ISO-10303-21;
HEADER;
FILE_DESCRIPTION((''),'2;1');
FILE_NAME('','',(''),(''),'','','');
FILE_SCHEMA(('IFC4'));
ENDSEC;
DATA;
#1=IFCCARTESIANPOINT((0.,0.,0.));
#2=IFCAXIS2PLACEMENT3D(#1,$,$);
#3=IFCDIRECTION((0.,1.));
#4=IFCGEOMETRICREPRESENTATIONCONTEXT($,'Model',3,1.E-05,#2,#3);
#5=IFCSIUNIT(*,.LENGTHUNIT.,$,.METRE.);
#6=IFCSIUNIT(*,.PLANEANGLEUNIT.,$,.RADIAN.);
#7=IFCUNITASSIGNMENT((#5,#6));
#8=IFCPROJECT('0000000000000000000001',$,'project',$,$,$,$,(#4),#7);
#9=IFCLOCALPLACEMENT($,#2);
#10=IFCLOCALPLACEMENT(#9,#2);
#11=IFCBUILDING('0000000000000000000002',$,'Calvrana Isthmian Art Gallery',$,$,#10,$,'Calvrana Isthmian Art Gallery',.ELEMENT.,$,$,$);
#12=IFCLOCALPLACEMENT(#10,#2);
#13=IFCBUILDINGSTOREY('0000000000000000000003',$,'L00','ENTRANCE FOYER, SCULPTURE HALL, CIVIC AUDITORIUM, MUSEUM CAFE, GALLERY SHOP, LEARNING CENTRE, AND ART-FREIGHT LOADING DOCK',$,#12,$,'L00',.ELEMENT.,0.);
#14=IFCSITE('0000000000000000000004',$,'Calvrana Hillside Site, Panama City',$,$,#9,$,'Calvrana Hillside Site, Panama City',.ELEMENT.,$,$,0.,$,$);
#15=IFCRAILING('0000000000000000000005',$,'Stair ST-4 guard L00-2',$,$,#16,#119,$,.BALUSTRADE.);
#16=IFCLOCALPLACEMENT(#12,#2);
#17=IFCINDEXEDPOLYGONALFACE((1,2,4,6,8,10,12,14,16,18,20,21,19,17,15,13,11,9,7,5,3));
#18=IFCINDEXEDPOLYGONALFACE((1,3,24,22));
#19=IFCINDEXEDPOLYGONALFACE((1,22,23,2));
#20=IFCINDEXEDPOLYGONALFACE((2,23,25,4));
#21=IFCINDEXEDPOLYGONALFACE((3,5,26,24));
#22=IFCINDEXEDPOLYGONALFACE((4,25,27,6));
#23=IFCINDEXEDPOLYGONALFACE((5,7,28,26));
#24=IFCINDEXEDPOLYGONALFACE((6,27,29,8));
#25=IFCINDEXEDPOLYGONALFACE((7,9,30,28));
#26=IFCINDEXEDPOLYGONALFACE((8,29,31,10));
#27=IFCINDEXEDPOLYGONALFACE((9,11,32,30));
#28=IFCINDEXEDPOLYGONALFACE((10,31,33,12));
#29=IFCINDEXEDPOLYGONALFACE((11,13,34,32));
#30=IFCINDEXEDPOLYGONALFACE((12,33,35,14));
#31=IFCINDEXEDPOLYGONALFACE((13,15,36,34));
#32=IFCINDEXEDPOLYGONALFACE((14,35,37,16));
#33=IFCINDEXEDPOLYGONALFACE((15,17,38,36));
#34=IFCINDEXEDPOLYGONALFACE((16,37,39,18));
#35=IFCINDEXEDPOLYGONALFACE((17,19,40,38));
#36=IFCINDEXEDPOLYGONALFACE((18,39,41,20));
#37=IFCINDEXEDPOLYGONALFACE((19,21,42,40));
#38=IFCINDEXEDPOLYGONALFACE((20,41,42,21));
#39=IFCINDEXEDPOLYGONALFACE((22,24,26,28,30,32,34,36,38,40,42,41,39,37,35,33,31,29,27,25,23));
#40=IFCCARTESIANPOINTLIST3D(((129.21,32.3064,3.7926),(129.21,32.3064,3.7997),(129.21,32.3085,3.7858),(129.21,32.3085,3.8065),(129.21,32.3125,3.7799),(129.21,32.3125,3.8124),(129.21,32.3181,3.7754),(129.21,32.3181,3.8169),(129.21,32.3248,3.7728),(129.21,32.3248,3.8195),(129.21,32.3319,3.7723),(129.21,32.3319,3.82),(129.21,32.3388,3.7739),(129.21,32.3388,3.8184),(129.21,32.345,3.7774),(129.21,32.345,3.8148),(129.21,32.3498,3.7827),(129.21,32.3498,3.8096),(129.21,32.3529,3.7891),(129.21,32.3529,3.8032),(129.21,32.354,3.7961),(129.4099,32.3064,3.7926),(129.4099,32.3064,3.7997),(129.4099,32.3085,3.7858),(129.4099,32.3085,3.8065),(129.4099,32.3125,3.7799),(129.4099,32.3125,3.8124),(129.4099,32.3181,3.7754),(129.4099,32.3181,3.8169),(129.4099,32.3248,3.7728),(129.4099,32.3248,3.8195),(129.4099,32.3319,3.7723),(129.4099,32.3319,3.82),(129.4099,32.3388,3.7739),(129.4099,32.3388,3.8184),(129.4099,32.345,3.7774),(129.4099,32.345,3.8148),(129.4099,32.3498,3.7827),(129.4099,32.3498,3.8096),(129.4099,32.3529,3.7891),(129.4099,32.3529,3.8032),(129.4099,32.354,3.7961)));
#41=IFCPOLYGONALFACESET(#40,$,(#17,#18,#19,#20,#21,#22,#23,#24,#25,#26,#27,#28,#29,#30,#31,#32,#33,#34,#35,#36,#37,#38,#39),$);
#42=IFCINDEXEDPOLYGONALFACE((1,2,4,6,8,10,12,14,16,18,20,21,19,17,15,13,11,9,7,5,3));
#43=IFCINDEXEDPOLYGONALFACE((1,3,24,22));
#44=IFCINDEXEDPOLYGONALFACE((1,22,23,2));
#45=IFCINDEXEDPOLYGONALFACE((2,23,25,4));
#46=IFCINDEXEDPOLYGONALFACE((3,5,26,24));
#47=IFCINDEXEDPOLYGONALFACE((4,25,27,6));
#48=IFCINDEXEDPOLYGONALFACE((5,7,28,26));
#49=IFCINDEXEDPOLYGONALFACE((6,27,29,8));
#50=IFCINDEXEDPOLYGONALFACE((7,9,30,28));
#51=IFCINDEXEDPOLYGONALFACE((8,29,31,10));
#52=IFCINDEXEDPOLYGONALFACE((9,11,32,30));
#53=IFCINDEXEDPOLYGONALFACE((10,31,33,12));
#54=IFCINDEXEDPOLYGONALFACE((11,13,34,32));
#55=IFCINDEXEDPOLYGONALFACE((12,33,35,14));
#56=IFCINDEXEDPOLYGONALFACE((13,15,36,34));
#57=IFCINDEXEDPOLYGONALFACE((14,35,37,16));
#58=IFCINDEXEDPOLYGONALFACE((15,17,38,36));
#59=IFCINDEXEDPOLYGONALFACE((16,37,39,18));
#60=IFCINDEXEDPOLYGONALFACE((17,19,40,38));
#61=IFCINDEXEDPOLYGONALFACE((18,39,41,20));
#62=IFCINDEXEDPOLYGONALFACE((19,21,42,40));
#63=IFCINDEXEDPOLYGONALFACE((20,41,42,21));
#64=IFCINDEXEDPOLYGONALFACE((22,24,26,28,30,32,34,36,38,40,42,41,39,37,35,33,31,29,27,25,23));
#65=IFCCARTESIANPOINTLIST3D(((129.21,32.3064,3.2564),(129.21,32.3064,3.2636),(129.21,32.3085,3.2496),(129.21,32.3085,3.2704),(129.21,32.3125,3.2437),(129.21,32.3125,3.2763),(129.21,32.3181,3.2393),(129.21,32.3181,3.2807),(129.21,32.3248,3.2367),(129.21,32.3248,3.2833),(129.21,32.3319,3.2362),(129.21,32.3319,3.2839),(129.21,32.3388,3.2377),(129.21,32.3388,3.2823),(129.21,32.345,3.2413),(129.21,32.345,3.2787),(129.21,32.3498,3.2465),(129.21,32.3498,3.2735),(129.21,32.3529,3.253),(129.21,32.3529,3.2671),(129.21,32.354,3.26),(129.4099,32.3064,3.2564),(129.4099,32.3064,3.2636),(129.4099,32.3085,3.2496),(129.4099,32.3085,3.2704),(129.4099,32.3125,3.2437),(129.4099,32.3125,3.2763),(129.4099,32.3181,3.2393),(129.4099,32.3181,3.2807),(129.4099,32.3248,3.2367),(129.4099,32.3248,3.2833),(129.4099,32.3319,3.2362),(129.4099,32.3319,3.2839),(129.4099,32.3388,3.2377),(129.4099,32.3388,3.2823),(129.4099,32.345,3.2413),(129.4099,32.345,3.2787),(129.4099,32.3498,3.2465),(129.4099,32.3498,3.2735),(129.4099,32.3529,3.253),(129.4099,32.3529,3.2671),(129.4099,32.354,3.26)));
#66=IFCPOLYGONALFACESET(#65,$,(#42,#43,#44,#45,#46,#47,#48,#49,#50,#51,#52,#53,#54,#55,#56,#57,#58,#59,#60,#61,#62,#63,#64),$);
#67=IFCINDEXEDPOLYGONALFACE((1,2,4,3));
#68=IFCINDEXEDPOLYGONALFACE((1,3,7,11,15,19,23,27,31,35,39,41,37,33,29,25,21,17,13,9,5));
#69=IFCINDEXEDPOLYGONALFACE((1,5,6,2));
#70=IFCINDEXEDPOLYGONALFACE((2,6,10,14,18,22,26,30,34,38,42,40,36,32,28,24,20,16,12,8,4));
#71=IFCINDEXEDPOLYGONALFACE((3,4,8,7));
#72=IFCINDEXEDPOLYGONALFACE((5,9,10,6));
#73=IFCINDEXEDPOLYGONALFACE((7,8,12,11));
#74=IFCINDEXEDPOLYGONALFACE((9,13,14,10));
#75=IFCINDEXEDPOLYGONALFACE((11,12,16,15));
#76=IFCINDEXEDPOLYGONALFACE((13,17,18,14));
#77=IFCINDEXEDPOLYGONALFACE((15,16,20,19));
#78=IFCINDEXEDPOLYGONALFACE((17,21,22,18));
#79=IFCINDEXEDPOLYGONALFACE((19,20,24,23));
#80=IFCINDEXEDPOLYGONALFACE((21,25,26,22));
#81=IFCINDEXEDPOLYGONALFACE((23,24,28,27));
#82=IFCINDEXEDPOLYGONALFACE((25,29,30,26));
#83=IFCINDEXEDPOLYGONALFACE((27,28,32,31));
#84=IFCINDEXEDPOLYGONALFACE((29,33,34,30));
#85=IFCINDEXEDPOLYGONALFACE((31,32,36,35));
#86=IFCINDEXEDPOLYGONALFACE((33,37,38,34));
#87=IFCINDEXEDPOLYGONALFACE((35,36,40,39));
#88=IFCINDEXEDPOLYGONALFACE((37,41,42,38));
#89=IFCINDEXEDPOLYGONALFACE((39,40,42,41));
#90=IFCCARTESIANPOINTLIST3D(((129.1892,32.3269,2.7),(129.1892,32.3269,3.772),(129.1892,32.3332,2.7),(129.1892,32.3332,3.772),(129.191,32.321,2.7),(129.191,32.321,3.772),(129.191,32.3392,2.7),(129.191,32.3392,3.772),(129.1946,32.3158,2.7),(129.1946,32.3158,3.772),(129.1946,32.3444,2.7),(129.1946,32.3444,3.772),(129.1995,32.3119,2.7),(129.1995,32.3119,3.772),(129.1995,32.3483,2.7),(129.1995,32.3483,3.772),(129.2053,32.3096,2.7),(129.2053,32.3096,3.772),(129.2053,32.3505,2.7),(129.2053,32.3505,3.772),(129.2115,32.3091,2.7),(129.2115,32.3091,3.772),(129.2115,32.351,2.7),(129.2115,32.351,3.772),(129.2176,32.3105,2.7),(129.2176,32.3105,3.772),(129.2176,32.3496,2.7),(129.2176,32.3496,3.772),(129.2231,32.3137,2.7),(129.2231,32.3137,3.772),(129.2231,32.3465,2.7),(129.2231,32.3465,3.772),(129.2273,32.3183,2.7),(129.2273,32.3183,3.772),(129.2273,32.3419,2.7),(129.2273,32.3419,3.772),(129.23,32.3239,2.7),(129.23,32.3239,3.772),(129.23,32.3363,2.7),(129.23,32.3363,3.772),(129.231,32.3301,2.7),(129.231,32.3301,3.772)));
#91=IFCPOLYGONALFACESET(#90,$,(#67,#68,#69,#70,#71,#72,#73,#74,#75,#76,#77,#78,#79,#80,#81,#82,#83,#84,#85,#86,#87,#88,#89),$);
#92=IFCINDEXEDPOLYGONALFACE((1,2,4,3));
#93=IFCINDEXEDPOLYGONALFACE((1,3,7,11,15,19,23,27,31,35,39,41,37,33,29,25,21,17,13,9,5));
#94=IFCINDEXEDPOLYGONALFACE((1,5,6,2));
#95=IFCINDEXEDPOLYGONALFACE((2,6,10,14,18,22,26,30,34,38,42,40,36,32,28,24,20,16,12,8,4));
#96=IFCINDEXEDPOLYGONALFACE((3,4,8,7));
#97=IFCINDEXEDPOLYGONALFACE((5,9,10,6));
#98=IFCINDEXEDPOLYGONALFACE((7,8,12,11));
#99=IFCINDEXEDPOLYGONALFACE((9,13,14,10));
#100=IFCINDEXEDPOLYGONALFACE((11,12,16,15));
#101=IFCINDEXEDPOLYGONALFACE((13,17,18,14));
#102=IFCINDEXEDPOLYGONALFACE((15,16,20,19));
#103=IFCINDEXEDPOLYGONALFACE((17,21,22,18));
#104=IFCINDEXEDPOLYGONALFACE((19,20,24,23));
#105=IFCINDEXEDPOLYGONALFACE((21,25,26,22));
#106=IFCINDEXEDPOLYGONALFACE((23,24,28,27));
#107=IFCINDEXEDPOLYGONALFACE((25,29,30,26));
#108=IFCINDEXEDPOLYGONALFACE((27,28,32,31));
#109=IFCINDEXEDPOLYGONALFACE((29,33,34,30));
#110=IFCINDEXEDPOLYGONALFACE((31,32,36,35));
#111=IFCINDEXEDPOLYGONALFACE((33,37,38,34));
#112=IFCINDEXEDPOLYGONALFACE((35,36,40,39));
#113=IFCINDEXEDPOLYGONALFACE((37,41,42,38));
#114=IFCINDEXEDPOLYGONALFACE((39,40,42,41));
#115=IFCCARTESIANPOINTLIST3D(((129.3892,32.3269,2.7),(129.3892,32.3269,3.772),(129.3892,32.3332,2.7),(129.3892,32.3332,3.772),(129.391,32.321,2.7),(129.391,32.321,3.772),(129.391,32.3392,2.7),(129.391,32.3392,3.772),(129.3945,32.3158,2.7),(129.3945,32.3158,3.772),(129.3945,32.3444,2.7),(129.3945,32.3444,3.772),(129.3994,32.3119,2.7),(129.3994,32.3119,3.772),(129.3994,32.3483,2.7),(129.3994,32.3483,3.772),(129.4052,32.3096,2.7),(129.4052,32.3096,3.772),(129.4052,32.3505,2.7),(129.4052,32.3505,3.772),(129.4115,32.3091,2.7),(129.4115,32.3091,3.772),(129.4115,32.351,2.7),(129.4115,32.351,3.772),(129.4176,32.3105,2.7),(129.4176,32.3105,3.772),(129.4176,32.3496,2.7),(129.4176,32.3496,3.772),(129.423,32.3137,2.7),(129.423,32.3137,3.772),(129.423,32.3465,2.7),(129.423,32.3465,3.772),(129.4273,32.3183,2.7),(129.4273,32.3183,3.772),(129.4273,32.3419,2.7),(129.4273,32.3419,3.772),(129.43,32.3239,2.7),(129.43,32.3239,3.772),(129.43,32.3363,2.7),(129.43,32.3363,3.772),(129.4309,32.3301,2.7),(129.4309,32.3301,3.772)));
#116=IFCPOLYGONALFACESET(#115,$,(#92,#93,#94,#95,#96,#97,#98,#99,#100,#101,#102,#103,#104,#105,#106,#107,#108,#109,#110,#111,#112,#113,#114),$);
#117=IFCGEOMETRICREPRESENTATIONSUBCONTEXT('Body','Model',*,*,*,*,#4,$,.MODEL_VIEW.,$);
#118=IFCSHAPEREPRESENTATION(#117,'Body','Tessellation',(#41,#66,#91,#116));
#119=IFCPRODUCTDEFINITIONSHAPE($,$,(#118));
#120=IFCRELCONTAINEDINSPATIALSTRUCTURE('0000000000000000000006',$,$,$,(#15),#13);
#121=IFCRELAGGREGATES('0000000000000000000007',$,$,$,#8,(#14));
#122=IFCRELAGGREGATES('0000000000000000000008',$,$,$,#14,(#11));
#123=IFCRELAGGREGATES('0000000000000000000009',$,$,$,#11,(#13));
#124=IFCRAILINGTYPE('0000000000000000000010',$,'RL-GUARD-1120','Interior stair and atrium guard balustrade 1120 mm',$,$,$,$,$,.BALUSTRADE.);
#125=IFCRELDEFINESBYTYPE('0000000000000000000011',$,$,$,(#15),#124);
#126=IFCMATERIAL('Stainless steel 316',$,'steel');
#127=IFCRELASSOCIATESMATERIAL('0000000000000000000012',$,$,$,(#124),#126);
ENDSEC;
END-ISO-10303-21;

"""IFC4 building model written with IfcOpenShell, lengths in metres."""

from ifc_helpers import new_model, si_unit, direction, frame, origin, origin_2d, place, context, subcontext, project, spatial, circle, extrude, material, type_object, element, save


model = new_model("IFC4")

# Units and contexts
model_context = context("Model", 3, precision=1e-05, world=origin(), true_north=direction((0.0, 1.0)))
body_context = subcontext(model_context, "Body", "Model", "MODEL_VIEW")
ifc_project = project(units=[si_unit("LENGTHUNIT", "METRE"), si_unit("PLANEANGLEUNIT", "RADIAN")], contexts=[model_context])

# Site, building, storey
site_placement = place(None, origin())
site = spatial("IfcSite", under=ifc_project, at=site_placement, Name="Calvrana Hillside Site, Panama City", LongName="Calvrana Hillside Site, Panama City", CompositionType="ELEMENT", RefElevation=0.0)
building_placement = place(site_placement, origin())
building = spatial("IfcBuilding", under=site, at=building_placement, Name="Calvrana Isthmian Art Gallery", LongName="Calvrana Isthmian Art Gallery", CompositionType="ELEMENT")
storey_placement = place(building_placement, origin())
storey = spatial("IfcBuildingStorey", under=building, at=storey_placement, Name="L00", Description="ENTRANCE FOYER, SCULPTURE HALL, CIVIC AUDITORIUM, MUSEUM CAFE, GALLERY SHOP, LEARNING CENTRE, AND ART-FREIGHT LOADING DOCK", LongName="L00", CompositionType="ELEMENT", Elevation=0.0)

# Railing
ifc_material_1 = material(Name="Stainless steel 316", Category="steel")
railing_type = type_object("IfcRailingType", Name="RL-GUARD-1120", Description="Interior stair and atrium guard balustrade 1120 mm", PredefinedType="BALUSTRADE", material=ifc_material_1)
railing_1_placement = place(storey_placement, frame((129.21, 32.3301, 2.7)))
element("IfcRailing", 1, at=railing_1_placement, inside=storey, type_object=railing_type, Name="Stair ST-4 guard L00-2", PredefinedType="BALUSTRADE", context=body_context, shape_type="SweptSolid", body=[
    extrude(circle(Radius=0.0239, at=origin_2d()), frame((0.0, 0.0, 1.0962), z_axis=(1.0, 0.0, 0.0), x_axis=(0.0, 1.0, 0.0)), (0.0, 0.0, 1.0), 0.2),
    extrude(circle(Radius=0.0239, at=origin_2d()), frame((0.0, 0.0, 0.5601), z_axis=(1.0, 0.0, 0.0), x_axis=(0.0, 1.0, 0.0)), (0.0, 0.0, 1.0), 0.2),
    extrude(circle(Radius=0.021, at=origin_2d()), origin(), (0.0, 0.0, 1.0), 1.072),
    extrude(circle(Radius=0.021, at=origin_2d()), frame((0.2, 0.0, 0.0)), (0.0, 0.0, 1.0), 1.072),
])

save(model, "model.ifc")
